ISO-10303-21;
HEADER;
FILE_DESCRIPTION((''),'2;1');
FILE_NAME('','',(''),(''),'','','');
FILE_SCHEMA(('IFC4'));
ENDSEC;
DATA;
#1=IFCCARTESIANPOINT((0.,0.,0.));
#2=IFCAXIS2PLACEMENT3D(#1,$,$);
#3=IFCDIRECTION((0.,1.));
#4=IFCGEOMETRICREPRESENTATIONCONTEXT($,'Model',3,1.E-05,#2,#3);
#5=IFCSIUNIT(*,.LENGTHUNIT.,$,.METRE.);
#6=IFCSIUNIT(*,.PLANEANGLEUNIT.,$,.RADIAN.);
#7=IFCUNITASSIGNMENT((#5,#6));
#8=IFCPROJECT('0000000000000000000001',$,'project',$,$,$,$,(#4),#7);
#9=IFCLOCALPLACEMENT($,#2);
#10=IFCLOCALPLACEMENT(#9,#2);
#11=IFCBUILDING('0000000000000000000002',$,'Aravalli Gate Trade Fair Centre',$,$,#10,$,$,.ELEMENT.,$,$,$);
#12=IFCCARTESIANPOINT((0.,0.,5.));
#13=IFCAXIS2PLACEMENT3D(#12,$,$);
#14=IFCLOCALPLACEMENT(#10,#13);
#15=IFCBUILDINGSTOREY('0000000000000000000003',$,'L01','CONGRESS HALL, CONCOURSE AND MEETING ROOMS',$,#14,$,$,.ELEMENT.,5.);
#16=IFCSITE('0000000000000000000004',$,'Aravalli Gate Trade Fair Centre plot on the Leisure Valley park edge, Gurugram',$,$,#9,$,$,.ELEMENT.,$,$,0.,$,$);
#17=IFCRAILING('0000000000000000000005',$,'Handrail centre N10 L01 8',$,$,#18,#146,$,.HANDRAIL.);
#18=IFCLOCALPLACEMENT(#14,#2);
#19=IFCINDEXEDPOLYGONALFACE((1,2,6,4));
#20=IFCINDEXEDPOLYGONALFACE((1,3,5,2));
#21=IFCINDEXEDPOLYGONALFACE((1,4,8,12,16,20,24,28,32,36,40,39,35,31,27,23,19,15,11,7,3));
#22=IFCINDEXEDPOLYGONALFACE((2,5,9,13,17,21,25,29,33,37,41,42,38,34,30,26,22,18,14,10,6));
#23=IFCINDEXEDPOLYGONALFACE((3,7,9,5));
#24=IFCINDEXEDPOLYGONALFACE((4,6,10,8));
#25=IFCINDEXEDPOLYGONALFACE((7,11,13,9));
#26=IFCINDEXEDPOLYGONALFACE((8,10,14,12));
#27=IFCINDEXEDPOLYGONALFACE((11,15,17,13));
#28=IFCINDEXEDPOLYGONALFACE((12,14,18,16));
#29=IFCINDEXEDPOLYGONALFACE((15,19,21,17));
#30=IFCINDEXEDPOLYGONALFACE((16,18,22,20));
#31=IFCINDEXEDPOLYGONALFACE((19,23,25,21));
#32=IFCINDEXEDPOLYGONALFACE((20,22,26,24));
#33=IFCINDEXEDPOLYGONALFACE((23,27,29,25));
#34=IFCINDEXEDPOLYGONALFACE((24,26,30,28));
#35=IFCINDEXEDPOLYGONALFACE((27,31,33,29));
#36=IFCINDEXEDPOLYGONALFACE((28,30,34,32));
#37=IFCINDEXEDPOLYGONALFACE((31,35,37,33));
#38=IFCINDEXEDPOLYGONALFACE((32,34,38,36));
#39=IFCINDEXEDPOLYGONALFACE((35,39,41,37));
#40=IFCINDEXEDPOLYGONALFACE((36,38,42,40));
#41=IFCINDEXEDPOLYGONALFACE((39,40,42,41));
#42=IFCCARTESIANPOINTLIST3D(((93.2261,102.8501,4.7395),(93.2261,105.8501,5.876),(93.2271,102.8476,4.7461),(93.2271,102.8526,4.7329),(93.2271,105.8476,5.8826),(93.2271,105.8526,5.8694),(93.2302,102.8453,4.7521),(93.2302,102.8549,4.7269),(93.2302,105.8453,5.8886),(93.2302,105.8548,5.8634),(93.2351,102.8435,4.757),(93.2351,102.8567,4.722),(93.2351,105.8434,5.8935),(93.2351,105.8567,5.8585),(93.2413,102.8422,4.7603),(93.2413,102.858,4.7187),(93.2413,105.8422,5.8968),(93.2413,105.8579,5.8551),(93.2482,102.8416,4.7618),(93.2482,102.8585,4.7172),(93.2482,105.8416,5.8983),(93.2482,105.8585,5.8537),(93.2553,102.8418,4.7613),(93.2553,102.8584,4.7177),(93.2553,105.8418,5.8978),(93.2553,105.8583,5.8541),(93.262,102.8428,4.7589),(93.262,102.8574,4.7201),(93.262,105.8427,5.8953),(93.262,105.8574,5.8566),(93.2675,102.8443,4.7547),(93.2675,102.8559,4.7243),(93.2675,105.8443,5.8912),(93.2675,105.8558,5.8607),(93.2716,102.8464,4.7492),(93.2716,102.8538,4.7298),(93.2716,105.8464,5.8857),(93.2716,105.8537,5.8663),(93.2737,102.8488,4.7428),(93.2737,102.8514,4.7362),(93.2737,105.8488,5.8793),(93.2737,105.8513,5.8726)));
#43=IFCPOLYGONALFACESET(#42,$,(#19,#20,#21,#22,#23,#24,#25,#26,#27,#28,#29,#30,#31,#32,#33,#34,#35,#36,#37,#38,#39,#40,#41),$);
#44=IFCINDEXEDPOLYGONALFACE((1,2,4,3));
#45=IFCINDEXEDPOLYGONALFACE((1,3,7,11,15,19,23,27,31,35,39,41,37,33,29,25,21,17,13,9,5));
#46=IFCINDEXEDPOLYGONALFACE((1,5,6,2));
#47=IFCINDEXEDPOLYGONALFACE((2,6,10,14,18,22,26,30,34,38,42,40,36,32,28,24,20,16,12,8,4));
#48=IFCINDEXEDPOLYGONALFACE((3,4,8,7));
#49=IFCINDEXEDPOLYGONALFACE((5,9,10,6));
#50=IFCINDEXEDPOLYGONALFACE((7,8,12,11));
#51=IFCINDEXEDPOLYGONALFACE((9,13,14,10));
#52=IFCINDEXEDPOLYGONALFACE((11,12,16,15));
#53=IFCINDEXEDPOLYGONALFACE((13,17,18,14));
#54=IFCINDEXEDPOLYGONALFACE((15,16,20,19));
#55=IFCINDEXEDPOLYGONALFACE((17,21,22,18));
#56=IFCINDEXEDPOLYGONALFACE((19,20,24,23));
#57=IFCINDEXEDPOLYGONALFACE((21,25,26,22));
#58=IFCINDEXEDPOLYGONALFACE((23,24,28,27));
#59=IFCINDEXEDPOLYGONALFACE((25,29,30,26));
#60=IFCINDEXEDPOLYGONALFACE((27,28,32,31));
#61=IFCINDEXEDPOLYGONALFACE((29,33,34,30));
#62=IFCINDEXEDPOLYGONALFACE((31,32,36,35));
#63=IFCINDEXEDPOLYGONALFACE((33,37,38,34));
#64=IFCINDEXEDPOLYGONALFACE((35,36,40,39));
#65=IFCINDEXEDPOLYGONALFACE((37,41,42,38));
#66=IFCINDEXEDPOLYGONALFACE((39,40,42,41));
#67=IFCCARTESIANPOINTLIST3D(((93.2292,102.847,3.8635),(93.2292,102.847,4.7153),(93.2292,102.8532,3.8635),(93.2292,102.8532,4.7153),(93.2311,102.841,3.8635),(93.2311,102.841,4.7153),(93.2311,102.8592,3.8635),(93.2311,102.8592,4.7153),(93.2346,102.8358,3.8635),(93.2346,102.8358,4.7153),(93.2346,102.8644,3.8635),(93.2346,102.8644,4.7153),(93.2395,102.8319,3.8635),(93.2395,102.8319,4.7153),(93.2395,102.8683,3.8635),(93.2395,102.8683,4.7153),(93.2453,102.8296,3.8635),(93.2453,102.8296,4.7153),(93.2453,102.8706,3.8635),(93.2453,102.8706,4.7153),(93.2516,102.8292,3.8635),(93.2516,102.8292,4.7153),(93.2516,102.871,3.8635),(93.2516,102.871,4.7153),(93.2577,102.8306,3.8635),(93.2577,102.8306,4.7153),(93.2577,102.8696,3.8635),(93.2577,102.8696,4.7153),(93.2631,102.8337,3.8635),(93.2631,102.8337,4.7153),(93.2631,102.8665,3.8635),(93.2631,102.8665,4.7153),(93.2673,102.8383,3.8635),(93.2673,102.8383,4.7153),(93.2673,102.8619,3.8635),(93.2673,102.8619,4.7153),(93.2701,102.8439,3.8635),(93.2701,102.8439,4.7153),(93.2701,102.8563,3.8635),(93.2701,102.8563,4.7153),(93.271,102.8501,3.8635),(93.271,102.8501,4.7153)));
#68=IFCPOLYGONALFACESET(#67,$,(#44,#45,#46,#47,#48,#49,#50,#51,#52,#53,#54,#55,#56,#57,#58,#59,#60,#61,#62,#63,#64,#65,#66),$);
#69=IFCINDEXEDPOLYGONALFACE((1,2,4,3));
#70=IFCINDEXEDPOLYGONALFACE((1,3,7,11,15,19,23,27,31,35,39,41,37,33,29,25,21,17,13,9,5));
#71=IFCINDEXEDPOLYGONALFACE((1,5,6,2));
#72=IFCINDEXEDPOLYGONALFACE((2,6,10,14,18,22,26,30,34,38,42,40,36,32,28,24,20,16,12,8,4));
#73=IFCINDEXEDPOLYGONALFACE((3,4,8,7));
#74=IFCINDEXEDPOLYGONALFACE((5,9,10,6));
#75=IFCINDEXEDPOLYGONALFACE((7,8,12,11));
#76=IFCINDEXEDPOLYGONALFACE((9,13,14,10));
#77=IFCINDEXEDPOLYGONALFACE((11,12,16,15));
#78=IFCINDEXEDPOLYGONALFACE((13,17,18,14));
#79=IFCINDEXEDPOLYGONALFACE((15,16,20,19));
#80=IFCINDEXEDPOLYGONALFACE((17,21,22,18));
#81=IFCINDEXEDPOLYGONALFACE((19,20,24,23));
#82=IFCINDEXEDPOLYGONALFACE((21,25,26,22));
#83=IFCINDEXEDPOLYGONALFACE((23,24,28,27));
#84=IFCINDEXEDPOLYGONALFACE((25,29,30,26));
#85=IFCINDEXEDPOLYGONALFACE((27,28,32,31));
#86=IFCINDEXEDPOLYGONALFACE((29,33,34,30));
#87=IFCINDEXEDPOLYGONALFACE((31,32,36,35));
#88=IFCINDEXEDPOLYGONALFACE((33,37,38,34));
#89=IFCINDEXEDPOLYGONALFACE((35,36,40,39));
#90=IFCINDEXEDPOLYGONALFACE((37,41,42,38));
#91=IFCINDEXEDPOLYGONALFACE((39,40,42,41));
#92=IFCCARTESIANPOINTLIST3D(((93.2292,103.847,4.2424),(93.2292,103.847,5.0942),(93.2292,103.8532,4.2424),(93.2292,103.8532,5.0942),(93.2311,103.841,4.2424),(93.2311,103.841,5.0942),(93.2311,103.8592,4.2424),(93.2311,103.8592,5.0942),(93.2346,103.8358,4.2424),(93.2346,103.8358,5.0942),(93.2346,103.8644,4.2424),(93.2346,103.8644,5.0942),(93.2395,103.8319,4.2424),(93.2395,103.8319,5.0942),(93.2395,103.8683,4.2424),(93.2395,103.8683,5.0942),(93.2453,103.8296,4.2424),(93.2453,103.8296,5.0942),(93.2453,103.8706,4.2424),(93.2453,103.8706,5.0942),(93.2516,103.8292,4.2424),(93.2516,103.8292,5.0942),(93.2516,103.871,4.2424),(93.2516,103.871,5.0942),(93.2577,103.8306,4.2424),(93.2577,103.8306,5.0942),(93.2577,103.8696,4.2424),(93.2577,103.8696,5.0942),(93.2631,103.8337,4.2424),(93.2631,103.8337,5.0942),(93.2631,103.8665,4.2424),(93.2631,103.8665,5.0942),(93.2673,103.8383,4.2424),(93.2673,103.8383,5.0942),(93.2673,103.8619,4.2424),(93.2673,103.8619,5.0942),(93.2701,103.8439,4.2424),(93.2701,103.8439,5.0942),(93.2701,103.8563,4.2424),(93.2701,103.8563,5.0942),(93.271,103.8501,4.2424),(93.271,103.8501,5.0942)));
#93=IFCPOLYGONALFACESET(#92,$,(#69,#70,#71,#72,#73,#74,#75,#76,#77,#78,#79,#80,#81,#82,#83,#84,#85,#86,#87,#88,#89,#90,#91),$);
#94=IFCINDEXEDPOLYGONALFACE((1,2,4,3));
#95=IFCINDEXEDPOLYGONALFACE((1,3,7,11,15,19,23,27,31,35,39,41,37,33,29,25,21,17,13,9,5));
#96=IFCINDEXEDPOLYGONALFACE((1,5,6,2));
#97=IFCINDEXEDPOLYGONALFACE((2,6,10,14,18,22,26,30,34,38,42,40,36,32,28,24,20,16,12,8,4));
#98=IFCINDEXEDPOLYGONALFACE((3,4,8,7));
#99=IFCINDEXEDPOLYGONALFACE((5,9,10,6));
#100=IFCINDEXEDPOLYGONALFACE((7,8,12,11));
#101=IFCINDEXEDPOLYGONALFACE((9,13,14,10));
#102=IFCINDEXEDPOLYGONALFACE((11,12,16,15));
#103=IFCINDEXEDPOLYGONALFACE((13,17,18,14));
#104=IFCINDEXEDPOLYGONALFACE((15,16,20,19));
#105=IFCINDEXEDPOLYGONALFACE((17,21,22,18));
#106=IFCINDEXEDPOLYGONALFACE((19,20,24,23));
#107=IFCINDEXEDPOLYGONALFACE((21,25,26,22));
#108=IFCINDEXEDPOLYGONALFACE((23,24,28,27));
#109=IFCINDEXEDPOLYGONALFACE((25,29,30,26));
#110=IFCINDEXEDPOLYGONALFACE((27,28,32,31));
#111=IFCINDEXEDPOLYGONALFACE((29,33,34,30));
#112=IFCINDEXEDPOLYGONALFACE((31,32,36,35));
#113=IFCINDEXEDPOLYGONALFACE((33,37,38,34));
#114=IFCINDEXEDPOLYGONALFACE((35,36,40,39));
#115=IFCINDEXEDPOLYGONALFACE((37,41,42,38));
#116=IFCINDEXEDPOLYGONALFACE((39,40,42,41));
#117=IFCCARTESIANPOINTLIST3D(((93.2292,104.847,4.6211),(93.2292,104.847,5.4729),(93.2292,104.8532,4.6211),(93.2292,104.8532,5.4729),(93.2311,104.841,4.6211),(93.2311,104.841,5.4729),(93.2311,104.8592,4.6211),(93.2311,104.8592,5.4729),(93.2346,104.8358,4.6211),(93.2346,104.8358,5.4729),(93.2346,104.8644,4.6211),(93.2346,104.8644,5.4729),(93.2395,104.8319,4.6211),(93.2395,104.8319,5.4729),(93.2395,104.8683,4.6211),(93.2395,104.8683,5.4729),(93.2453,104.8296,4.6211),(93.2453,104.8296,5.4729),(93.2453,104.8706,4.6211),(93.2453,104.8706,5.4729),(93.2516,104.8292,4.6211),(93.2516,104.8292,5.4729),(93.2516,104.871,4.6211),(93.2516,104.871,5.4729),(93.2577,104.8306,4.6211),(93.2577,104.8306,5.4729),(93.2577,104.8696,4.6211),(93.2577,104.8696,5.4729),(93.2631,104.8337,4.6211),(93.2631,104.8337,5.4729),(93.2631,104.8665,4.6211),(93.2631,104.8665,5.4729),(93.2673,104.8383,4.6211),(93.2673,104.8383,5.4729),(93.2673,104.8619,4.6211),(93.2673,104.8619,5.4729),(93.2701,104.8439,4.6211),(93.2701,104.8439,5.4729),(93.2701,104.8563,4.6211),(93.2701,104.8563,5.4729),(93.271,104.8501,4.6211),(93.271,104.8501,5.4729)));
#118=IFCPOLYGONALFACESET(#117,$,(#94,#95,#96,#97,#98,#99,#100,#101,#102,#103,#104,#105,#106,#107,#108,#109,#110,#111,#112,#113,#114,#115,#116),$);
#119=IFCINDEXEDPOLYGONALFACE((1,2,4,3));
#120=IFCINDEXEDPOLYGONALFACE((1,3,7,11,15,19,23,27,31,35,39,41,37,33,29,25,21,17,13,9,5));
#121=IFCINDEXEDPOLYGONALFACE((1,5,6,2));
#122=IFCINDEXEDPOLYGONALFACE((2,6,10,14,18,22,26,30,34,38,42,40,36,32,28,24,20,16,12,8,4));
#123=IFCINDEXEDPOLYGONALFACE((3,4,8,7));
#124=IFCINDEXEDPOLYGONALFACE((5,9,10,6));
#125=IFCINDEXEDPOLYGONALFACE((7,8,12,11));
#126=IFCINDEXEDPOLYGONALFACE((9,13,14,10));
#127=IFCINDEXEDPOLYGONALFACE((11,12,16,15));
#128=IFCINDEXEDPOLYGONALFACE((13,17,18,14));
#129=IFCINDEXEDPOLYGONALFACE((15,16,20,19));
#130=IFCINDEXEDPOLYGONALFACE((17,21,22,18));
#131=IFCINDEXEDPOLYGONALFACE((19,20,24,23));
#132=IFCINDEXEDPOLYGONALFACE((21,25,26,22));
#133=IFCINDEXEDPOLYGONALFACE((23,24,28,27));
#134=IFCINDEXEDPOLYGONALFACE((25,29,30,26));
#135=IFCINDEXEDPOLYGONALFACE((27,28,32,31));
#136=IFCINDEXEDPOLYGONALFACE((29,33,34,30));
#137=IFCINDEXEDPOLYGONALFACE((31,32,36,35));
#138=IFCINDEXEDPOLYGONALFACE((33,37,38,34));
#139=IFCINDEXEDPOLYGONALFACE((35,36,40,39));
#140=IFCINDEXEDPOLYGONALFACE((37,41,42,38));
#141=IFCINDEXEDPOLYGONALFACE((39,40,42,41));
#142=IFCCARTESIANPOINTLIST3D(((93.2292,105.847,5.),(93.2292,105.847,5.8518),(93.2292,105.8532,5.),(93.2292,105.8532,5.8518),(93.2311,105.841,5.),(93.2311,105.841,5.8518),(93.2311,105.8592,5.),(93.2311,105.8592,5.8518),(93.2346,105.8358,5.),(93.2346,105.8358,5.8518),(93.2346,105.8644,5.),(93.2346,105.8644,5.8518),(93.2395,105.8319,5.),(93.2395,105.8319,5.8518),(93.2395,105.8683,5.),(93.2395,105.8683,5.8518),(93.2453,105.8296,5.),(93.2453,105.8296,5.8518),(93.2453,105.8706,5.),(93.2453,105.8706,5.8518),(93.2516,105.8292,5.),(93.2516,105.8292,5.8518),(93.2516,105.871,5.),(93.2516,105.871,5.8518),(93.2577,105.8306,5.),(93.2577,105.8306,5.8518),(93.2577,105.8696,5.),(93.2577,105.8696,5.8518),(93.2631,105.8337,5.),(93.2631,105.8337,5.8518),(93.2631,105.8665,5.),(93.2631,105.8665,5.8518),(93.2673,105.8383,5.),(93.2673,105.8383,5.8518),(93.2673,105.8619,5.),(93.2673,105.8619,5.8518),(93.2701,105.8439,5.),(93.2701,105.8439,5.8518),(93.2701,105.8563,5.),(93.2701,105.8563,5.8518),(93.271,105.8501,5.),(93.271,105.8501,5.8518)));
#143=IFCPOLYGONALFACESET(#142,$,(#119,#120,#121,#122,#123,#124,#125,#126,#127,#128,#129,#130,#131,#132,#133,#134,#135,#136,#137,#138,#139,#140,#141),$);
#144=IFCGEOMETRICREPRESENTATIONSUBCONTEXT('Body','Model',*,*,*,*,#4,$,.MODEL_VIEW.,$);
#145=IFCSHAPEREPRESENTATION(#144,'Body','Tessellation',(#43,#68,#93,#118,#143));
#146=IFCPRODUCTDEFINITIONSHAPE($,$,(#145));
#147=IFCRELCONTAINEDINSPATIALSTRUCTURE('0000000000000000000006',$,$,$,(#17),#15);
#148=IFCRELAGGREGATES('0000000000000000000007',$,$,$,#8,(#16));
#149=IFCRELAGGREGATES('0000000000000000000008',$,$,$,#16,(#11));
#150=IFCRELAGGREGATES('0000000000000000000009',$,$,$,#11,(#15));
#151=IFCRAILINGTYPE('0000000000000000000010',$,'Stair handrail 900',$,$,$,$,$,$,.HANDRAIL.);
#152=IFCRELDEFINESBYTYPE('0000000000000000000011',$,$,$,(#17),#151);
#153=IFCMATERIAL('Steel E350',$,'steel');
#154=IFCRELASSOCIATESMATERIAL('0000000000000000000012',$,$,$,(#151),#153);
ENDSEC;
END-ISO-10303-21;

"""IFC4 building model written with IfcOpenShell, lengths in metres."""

from ifc_helpers import new_model, si_unit, direction, frame, origin, origin_2d, place, context, subcontext, project, spatial, circle, extrude, material, type_object, element, save


model = new_model("IFC4")

# Units and contexts
model_context = context("Model", 3, precision=1e-05, world=origin(), true_north=direction((0.0, 1.0)))
body_context = subcontext(model_context, "Body", "Model", "MODEL_VIEW")
ifc_project = project(units=[si_unit("LENGTHUNIT", "METRE"), si_unit("PLANEANGLEUNIT", "RADIAN")], contexts=[model_context])

# Site, building, storey
site_placement = place(None, origin())
site = spatial("IfcSite", under=ifc_project, at=site_placement, Name="Aravalli Gate Trade Fair Centre plot on the Leisure Valley park edge, Gurugram", CompositionType="ELEMENT", RefElevation=0.0)
building_placement = place(site_placement, origin())
building = spatial("IfcBuilding", under=site, at=building_placement, Name="Aravalli Gate Trade Fair Centre", CompositionType="ELEMENT")
storey_placement = place(building_placement, frame((0.0, 0.0, 5.0)))
storey = spatial("IfcBuildingStorey", under=building, at=storey_placement, Name="L01", Description="CONGRESS HALL, CONCOURSE AND MEETING ROOMS", CompositionType="ELEMENT", Elevation=5.0)

# Railing
ifc_material_1 = material(Name="Steel E350", Category="steel")
railing_type = type_object("IfcRailingType", Name="Stair handrail 900", PredefinedType="HANDRAIL", material=ifc_material_1)
for number, where, name in (
    (1, (93.25, 102.8501, 3.8635), "Handrail centre N10 L01 8"),
):
    element("IfcRailing", number, at=place(storey_placement, frame(where)), inside=storey, type_object=railing_type, Name=name, PredefinedType="HANDRAIL", context=body_context, shape_type="SweptSolid", body=[
        extrude(circle(Radius=0.0239, at=origin_2d()), frame((0.0, 0.0, 0.876), z_axis=(0.0, 0.935148, 0.354257), x_axis=(-1.0, 0.0, 0.0)), (0.0, 0.0, 1.0), 3.208),
        extrude(circle(Radius=0.021, at=origin_2d()), origin(), (0.0, 0.0, 1.0), 0.8518),
        extrude(circle(Radius=0.021, at=origin_2d()), frame((0.0, 1.0, 0.3789)), (0.0, 0.0, 1.0), 0.8518),
        extrude(circle(Radius=0.021, at=origin_2d()), frame((0.0, 2.0, 0.7576)), (0.0, 0.0, 1.0), 0.8518),
        extrude(circle(Radius=0.021, at=origin_2d()), frame((0.0, 3.0, 1.1365)), (0.0, 0.0, 1.0), 0.8518),
    ])

save(model, "model.ifc")
